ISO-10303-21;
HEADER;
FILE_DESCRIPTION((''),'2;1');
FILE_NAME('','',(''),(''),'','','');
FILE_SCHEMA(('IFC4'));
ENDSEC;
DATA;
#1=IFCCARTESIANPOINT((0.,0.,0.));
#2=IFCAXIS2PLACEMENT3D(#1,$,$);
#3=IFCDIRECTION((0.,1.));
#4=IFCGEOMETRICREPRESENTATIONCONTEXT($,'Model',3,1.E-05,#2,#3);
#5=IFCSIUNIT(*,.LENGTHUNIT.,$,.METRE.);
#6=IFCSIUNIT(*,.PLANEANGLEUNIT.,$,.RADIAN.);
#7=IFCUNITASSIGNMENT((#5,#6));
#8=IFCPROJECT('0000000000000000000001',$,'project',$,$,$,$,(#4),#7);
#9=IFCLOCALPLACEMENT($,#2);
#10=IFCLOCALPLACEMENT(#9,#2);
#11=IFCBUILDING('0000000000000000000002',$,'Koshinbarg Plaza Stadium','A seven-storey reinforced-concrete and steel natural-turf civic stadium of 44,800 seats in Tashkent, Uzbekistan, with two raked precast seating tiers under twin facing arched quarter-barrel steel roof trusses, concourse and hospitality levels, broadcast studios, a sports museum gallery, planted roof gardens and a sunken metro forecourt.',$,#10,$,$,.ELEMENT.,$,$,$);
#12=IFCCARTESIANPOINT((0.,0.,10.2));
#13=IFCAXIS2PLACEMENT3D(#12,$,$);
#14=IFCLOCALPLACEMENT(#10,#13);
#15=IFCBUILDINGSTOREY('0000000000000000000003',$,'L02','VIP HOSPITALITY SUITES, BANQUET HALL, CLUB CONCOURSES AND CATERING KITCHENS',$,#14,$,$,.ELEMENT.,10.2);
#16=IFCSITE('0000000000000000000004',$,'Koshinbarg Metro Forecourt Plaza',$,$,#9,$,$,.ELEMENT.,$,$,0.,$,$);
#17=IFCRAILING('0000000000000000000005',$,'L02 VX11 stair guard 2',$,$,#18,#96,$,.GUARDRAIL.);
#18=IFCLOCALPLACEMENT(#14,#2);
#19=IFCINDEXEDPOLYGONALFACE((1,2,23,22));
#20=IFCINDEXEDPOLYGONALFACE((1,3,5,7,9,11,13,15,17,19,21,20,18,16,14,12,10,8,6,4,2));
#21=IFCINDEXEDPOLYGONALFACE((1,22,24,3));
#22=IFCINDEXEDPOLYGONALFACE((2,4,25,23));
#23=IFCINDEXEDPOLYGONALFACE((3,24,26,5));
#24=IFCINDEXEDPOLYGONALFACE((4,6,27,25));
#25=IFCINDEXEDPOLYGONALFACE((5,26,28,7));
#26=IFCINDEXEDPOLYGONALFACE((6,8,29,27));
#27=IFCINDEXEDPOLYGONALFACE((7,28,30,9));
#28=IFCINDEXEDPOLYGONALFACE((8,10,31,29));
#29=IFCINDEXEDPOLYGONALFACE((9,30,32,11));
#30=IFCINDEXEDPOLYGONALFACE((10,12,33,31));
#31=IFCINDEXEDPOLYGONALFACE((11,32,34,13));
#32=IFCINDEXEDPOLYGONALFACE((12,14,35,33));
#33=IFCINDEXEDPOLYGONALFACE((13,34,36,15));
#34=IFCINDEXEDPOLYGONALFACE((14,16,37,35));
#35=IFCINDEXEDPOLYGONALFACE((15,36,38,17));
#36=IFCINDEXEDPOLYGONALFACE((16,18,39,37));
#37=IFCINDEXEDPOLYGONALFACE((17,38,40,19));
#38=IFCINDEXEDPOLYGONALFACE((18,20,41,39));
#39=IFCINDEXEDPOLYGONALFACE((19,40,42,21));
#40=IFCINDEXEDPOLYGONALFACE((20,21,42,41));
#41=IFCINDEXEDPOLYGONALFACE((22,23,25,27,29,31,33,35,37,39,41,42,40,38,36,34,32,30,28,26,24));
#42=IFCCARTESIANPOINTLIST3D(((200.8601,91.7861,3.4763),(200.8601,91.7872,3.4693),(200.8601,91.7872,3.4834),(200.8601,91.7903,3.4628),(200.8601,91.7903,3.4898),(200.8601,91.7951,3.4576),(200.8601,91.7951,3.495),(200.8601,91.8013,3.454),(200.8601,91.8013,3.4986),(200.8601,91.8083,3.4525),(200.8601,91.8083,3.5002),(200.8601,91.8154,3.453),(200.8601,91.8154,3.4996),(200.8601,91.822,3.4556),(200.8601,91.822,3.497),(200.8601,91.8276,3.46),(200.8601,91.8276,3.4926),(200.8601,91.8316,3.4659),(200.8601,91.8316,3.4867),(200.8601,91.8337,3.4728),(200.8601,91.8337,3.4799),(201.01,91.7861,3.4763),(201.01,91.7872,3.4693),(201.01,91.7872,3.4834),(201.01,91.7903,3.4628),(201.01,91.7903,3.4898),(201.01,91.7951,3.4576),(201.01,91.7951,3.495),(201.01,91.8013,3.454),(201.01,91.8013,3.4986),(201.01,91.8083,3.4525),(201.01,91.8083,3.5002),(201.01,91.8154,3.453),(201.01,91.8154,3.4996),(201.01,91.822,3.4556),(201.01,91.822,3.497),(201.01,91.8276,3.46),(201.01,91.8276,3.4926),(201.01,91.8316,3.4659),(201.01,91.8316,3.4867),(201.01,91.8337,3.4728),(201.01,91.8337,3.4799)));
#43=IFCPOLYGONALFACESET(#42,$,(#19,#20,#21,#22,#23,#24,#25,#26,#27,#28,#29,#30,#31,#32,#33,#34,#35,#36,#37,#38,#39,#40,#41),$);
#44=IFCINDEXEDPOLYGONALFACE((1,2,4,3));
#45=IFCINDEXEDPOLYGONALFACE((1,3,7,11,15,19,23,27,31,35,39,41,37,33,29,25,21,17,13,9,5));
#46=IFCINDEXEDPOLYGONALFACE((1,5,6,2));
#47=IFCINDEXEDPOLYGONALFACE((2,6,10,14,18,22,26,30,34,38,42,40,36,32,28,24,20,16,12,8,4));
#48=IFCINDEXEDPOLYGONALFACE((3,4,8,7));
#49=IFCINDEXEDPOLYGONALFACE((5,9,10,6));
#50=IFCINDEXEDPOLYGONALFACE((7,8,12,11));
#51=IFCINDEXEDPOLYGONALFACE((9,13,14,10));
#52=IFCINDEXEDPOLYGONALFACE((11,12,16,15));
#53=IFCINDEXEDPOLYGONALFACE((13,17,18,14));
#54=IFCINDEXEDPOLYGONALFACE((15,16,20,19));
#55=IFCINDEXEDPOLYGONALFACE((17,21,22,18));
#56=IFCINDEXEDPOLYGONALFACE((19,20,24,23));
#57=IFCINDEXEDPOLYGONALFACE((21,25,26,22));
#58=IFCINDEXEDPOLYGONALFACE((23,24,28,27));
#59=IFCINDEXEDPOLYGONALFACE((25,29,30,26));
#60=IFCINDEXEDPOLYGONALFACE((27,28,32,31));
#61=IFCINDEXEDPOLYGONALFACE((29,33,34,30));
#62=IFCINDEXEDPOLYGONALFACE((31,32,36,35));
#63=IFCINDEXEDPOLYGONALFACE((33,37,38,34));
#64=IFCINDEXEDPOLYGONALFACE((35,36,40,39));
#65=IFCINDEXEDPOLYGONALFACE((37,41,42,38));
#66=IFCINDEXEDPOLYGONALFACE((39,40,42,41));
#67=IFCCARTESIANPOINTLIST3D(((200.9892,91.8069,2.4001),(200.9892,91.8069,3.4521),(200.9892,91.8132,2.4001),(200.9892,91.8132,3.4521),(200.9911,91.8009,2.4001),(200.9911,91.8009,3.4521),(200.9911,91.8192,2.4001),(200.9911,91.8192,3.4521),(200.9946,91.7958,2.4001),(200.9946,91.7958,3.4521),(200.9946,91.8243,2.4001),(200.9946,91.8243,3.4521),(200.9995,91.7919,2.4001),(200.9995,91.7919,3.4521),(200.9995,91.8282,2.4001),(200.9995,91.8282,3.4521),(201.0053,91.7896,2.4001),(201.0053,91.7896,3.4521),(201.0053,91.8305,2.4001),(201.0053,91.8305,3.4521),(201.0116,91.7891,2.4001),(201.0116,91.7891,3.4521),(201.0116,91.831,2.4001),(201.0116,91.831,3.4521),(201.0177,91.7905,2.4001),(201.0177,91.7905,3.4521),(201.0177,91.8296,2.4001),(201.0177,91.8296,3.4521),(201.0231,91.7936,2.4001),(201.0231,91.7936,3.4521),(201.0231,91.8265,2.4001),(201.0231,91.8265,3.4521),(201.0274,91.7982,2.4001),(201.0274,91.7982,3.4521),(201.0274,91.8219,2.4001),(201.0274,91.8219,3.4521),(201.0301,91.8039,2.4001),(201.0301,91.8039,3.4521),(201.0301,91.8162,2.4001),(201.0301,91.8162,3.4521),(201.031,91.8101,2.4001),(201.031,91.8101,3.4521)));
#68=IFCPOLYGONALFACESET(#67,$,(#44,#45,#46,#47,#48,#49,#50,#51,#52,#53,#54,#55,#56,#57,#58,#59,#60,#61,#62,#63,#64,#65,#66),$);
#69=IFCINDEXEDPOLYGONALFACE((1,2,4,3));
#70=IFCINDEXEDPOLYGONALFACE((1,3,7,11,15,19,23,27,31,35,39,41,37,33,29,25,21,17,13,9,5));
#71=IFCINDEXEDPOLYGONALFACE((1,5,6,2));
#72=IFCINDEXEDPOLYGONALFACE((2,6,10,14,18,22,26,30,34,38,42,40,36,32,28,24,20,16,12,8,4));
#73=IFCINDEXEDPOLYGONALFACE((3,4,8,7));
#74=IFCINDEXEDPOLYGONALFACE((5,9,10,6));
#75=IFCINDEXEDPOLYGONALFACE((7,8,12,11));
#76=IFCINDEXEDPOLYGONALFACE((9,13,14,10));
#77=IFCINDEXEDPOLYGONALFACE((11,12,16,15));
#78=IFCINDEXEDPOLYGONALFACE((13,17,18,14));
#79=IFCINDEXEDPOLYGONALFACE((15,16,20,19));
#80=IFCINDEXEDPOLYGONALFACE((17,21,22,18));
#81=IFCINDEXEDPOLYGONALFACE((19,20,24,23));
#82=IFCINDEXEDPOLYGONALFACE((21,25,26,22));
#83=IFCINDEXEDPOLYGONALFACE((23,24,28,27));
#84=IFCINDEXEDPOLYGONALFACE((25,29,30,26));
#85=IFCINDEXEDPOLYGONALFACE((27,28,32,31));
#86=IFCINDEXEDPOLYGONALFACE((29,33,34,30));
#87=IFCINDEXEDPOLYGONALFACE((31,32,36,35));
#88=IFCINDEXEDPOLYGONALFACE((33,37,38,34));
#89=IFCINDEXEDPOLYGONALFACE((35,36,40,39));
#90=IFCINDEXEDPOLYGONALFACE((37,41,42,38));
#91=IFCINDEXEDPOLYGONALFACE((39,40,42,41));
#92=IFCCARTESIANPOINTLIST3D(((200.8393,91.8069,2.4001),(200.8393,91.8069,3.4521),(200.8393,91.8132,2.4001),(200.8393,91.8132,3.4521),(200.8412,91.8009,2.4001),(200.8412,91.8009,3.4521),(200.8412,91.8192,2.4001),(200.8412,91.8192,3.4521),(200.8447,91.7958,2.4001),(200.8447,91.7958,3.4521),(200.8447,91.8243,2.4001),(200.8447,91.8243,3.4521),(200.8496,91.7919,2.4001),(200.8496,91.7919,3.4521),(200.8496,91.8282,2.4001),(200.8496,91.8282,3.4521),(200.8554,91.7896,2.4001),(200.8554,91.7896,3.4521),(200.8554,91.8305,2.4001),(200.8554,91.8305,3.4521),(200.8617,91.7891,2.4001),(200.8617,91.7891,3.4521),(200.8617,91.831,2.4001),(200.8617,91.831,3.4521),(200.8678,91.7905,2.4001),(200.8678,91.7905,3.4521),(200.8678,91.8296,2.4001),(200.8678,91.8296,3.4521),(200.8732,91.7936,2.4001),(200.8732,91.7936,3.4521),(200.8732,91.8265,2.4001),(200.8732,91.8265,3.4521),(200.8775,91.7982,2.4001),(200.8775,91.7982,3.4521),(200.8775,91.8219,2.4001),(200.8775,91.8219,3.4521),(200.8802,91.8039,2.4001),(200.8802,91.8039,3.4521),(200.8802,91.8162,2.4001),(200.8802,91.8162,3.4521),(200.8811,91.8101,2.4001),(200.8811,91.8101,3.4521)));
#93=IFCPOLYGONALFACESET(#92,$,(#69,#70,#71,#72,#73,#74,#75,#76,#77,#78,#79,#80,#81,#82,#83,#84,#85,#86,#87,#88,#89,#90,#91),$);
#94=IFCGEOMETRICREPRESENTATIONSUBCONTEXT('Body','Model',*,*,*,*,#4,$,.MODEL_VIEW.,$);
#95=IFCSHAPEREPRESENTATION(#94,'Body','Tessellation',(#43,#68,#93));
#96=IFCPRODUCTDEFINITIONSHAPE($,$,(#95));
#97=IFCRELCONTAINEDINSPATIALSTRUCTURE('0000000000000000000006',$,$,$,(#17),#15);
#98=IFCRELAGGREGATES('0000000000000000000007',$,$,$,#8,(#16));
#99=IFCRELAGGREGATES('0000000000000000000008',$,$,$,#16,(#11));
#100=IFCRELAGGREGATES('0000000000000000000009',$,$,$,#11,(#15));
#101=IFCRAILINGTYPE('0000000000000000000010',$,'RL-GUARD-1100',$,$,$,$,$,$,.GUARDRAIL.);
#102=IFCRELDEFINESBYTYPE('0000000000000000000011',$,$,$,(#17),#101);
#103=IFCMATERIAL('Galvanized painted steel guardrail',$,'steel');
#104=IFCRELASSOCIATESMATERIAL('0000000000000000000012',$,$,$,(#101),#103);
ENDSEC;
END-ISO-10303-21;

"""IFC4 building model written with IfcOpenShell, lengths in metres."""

from ifc_helpers import new_model, si_unit, direction, frame, origin, origin_2d, place, context, subcontext, project, spatial, circle, extrude, material, type_object, element, save


model = new_model("IFC4")

# Units and contexts
model_context = context("Model", 3, precision=1e-05, world=origin(), true_north=direction((0.0, 1.0)))
body_context = subcontext(model_context, "Body", "Model", "MODEL_VIEW")
ifc_project = project(units=[si_unit("LENGTHUNIT", "METRE"), si_unit("PLANEANGLEUNIT", "RADIAN")], contexts=[model_context])

# Site, building, storey
site_placement = place(None, origin())
site = spatial("IfcSite", under=ifc_project, at=site_placement, Name="Koshinbarg Metro Forecourt Plaza", CompositionType="ELEMENT", RefElevation=0.0)
building_placement = place(site_placement, origin())
building = spatial("IfcBuilding", under=site, at=building_placement, Name="Koshinbarg Plaza Stadium", Description="A seven-storey reinforced-concrete and steel natural-turf civic stadium of 44,800 seats in Tashkent, Uzbekistan, with two raked precast seating tiers under twin facing arched quarter-barrel steel roof trusses, concourse and hospitality levels, broadcast studios, a sports museum gallery, planted roof gardens and a sunken metro forecourt.", CompositionType="ELEMENT")
storey_placement = place(building_placement, frame((0.0, 0.0, 10.2)))
storey = spatial("IfcBuildingStorey", under=building, at=storey_placement, Name="L02", Description="VIP HOSPITALITY SUITES, BANQUET HALL, CLUB CONCOURSES AND CATERING KITCHENS", CompositionType="ELEMENT", Elevation=10.2)

# Railing
ifc_material_1 = material(Name="Galvanized painted steel guardrail", Category="steel")
railing_type_1 = type_object("IfcRailingType", Name="RL-GUARD-1100", PredefinedType="GUARDRAIL", material=ifc_material_1)
railing_1_placement = place(storey_placement, frame((201.01, 91.8101, 2.4001)))
element("IfcRailing", 1, at=railing_1_placement, inside=storey, type_object=railing_type_1, Name="L02 VX11 stair guard 2", PredefinedType="GUARDRAIL", context=body_context, shape_type="SweptSolid", body=[
    extrude(circle(Radius=0.0239, at=origin_2d()), frame((0.0, 0.0, 1.0762), z_axis=(-1.0, 0.0, 0.0), x_axis=(0.0, -1.0, 0.0)), (0.0, 0.0, 1.0), 0.1499),
    extrude(circle(Radius=0.021, at=origin_2d()), origin(), (0.0, 0.0, 1.0), 1.052),
    extrude(circle(Radius=0.021, at=origin_2d()), frame((-0.1499, 0.0, 0.0)), (0.0, 0.0, 1.0), 1.052),
])

save(model, "model.ifc")
